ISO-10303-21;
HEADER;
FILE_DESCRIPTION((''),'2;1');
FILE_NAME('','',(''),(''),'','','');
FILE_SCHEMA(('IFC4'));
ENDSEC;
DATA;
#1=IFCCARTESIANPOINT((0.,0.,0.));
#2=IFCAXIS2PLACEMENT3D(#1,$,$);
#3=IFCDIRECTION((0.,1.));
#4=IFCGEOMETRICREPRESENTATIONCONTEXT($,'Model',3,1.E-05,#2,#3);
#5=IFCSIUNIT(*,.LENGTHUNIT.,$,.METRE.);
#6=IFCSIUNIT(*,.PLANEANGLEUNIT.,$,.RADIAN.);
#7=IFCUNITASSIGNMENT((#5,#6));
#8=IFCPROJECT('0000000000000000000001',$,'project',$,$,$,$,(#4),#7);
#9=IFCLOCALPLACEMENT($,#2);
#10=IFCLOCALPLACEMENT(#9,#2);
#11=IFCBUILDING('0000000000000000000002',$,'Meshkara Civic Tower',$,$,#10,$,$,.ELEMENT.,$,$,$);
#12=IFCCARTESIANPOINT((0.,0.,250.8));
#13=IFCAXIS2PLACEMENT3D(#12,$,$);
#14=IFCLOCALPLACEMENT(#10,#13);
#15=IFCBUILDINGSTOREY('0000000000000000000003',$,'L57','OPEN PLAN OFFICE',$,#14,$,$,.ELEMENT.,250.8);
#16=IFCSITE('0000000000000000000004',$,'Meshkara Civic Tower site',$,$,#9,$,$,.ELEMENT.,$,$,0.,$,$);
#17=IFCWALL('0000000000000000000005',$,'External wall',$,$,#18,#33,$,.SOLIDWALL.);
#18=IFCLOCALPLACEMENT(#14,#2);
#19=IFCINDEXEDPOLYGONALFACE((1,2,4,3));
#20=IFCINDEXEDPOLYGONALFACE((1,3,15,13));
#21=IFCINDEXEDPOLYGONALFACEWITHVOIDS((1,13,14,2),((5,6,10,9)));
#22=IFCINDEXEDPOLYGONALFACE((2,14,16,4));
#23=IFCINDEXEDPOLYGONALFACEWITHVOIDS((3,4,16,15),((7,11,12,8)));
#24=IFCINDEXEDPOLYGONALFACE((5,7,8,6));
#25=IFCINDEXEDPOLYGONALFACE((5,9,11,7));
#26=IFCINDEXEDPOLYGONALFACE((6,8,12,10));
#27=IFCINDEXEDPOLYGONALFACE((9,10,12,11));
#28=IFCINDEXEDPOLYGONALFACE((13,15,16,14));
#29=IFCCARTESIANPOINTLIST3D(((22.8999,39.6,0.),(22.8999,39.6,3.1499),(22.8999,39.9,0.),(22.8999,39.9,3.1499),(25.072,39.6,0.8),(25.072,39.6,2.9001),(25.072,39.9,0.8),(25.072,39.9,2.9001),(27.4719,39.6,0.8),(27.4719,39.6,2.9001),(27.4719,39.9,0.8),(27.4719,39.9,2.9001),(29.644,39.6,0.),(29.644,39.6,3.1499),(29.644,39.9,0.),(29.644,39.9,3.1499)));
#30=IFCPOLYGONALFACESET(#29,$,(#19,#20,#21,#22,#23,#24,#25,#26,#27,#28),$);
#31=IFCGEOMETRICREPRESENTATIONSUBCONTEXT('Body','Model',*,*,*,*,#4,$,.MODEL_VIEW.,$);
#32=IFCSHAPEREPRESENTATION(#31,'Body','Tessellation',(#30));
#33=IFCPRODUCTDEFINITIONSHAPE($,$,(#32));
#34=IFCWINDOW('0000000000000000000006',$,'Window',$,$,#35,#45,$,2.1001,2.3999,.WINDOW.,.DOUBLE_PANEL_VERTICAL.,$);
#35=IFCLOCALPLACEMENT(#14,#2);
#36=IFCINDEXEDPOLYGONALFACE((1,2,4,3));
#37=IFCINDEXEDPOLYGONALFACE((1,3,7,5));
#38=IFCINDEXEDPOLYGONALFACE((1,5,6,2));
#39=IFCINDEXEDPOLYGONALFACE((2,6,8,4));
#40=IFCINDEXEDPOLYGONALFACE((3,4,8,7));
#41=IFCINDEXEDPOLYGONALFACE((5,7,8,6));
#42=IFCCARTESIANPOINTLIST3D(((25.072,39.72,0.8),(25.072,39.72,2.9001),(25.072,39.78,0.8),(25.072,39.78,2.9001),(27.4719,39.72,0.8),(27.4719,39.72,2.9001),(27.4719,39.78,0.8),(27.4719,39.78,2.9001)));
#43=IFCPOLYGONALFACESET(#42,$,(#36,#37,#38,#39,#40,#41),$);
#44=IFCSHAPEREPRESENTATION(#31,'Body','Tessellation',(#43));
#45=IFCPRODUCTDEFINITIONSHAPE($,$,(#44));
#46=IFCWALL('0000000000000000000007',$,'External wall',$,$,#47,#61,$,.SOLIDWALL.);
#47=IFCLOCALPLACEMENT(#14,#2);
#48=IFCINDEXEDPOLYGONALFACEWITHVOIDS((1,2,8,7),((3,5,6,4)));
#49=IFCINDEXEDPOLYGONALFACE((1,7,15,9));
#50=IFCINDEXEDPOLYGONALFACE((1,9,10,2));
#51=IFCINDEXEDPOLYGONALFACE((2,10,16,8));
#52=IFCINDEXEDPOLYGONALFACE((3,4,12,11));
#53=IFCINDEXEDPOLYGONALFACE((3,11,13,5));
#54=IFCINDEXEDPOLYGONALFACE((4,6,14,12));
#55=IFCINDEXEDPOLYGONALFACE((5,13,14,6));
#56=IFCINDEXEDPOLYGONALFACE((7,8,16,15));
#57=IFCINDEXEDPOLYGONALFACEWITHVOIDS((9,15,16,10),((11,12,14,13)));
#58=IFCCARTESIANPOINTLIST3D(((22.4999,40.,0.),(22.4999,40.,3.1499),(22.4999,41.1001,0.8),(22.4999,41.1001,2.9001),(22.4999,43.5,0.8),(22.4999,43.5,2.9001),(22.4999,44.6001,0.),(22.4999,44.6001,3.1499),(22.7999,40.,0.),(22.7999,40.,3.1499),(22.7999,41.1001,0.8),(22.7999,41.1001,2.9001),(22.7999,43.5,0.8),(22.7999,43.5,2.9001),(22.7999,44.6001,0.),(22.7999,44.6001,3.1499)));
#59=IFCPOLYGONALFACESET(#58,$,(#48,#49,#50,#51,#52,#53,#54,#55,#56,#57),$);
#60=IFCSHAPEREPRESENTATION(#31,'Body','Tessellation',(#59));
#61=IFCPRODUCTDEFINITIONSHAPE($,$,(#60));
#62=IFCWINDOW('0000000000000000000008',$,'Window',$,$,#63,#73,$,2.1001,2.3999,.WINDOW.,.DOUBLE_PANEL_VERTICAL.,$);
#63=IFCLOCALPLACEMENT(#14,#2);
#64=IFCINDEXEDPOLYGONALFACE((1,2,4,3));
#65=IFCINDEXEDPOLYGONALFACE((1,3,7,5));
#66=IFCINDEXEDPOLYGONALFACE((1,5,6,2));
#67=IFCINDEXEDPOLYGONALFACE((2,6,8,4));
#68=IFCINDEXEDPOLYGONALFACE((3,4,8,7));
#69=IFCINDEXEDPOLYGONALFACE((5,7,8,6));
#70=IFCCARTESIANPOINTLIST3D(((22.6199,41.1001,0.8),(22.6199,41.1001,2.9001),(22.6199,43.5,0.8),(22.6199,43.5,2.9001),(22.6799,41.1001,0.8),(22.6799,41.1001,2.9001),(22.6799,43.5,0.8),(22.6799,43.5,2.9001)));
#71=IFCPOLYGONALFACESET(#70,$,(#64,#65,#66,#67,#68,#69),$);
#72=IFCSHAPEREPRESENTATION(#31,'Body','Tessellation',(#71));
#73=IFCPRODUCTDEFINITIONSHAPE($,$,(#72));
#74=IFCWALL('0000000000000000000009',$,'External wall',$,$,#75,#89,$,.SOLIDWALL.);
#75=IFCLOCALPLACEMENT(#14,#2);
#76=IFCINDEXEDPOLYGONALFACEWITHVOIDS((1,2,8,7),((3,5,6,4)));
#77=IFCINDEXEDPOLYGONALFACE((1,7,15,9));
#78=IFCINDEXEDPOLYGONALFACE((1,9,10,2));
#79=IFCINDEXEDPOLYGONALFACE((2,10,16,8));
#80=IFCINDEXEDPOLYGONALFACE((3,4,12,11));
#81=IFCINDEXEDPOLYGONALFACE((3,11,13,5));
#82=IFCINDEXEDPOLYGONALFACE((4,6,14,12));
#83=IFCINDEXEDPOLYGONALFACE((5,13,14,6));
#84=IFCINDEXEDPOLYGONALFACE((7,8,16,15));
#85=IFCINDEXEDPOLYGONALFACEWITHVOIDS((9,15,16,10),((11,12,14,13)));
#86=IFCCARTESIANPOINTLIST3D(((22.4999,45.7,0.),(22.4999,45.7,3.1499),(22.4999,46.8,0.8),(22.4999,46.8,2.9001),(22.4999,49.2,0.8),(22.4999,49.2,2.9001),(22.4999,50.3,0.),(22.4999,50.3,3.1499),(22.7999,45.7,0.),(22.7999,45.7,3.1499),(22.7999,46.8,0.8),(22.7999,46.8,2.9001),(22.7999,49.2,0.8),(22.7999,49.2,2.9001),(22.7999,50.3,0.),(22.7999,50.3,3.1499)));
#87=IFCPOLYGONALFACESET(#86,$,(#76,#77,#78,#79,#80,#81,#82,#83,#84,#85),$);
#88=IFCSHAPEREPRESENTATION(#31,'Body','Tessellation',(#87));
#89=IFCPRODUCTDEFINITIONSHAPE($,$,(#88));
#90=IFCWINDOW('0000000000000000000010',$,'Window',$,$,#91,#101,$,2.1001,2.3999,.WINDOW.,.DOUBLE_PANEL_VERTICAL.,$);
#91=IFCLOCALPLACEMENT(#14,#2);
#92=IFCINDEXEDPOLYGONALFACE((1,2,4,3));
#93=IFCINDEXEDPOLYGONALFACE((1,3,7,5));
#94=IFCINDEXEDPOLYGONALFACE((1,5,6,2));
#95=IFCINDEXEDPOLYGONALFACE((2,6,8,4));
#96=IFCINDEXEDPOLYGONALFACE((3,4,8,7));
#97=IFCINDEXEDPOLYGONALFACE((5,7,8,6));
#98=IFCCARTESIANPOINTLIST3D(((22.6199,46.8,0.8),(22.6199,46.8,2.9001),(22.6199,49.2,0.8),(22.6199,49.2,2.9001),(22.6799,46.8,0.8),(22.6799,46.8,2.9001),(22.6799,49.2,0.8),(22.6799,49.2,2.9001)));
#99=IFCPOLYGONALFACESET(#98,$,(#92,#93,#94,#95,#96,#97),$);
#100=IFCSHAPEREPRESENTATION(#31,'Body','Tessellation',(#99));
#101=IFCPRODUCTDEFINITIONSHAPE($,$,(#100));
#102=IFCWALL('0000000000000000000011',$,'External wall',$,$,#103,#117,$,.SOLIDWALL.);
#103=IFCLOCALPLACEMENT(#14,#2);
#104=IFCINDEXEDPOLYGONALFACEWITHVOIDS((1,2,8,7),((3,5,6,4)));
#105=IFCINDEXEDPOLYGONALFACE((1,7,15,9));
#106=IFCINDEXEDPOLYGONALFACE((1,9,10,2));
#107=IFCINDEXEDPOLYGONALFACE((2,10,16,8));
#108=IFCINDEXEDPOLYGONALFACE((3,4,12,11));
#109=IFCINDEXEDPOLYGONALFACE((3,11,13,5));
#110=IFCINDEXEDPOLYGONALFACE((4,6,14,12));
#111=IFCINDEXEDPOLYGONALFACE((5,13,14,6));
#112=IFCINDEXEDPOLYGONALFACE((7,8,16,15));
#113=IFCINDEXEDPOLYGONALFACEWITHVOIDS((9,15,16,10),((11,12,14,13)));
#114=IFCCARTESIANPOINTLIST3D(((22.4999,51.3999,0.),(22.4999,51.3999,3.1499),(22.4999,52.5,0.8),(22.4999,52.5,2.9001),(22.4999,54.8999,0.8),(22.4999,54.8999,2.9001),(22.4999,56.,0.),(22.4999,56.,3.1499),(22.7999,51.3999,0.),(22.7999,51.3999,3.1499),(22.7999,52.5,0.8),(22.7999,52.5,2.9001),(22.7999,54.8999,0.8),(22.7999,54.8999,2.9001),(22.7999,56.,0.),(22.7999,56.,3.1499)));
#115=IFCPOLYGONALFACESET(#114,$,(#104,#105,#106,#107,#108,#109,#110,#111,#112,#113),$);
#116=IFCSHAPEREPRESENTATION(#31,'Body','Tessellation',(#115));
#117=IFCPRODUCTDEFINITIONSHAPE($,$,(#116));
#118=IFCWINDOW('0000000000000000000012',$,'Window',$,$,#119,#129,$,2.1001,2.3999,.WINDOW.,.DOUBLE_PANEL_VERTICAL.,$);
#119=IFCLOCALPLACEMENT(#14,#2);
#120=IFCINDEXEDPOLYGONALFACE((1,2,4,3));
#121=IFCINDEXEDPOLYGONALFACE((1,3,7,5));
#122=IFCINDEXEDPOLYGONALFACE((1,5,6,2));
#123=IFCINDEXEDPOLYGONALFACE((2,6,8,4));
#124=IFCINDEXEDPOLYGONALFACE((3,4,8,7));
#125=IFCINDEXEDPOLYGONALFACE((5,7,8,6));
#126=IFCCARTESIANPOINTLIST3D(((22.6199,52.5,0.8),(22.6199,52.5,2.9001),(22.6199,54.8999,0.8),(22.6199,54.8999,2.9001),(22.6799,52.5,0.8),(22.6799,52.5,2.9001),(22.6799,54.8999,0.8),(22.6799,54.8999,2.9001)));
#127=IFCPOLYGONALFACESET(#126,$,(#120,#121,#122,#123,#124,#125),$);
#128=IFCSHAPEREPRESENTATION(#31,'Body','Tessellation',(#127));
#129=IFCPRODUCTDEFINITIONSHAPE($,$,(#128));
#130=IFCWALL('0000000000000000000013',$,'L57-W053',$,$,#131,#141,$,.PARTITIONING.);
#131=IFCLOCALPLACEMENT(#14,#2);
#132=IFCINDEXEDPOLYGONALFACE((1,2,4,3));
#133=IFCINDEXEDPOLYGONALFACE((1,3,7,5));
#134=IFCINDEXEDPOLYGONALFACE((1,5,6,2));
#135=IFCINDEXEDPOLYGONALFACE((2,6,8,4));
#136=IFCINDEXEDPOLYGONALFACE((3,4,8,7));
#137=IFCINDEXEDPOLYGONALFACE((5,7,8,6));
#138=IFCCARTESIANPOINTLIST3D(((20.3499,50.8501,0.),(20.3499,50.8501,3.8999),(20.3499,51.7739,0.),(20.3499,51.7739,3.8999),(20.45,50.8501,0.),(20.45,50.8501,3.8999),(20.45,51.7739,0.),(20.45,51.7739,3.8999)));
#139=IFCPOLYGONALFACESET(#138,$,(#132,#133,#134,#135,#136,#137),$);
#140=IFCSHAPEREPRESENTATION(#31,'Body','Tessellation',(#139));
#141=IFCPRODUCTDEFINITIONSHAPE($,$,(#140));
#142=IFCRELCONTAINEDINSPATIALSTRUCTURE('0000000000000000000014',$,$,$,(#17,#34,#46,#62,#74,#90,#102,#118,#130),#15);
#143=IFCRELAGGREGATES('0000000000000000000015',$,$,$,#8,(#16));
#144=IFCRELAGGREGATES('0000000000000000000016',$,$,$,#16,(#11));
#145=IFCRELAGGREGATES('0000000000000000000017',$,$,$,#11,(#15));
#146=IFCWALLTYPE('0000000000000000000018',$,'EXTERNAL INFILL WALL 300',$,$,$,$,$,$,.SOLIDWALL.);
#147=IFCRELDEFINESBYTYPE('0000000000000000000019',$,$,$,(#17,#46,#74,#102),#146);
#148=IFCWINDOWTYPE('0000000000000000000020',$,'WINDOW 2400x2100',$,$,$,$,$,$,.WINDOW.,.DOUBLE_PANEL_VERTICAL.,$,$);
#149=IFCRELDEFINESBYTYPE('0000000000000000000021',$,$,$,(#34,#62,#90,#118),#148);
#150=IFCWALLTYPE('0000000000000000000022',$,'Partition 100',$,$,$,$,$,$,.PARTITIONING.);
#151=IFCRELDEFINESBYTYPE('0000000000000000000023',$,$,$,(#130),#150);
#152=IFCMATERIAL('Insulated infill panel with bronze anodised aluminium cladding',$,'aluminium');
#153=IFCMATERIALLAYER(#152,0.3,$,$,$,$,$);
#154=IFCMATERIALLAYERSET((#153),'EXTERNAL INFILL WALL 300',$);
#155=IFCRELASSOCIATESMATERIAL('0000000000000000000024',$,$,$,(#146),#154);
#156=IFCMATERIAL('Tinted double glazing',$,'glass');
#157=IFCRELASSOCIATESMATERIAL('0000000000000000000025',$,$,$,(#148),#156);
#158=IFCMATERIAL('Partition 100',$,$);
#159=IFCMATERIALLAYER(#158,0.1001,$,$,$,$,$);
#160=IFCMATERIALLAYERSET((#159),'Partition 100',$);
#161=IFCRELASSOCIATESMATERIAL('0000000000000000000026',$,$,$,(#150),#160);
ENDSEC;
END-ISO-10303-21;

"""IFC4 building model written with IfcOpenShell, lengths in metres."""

from ifc_helpers import new_model, si_unit, direction, frame, frame_2d, origin, place, context, subcontext, project, spatial, rectangle, extrude, material, layer, layer_set, type_object, element, fill, save


model = new_model("IFC4")

# Units and contexts
model_context = context("Model", 3, precision=1e-05, world=origin(), true_north=direction((0.0, 1.0)))
body_context = subcontext(model_context, "Body", "Model", "MODEL_VIEW")
ifc_project = project(units=[si_unit("LENGTHUNIT", "METRE"), si_unit("PLANEANGLEUNIT", "RADIAN")], contexts=[model_context])

# Site, building, storey
site_placement = place(None, origin())
site = spatial("IfcSite", under=ifc_project, at=site_placement, Name="Meshkara Civic Tower site", CompositionType="ELEMENT", RefElevation=0.0)
building_placement = place(site_placement, origin())
building = spatial("IfcBuilding", under=site, at=building_placement, Name="Meshkara Civic Tower", CompositionType="ELEMENT")
storey_placement = place(building_placement, frame((0.0, 0.0, 250.8)))
storey = spatial("IfcBuildingStorey", under=building, at=storey_placement, Name="L57", Description="OPEN PLAN OFFICE", CompositionType="ELEMENT", Elevation=250.8)

# Walls, openings, windows
ifc_material_1 = material(Name="Insulated infill panel with bronze anodised aluminium cladding", Category="aluminium")
ifc_layer_1 = layer(ifc_material_1, 0.3)
ifc_layer_set_1 = layer_set([ifc_layer_1], Name="EXTERNAL INFILL WALL 300")
wall_type_1 = type_object("IfcWallType", Name="EXTERNAL INFILL WALL 300", PredefinedType="SOLIDWALL", material=ifc_layer_set_1)
wall_1_placement = place(storey_placement, frame((29.644, 39.75, 0.0), z_axis=(0.0, 0.0, 1.0), x_axis=(-1.0, 0.0, 0.0)))
wall_1 = element("IfcWall", 1, at=wall_1_placement, inside=storey, type_object=wall_type_1, Name="External wall", PredefinedType="SOLIDWALL", context=body_context, shape_type="SweptSolid", body=[
    extrude(rectangle(XDim=6.7441, YDim=0.3, at=frame_2d((3.3721, 0.0))), origin(), (0.0, 0.0, 1.0), 3.1499),
])
opening_1_placement = place(wall_1_placement, frame((2.1721, 0.0, 0.8)))
opening_1 = element("IfcOpeningElement", 2, at=opening_1_placement, cuts=wall_1, PredefinedType="OPENING", context=body_context, shape_type="SweptSolid", body=[
    extrude(rectangle(XDim=2.3999, YDim=2.1001, at=frame_2d((1.2, 1.05))), frame((0.0, 0.1599, 0.0), z_axis=(0.0, -1.0, 0.0), x_axis=(1.0, 0.0, 0.0)), (0.0, 0.0, 1.0), 0.3201),
])
ifc_material_2 = material(Name="Tinted double glazing", Category="glass")
window_type = type_object("IfcWindowType", Name="WINDOW 2400x2100", PartitioningType="DOUBLE_PANEL_VERTICAL", PredefinedType="WINDOW", material=ifc_material_2)
window_1_placement = place(opening_1_placement, origin())
window_1 = element("IfcWindow", 3, at=window_1_placement, inside=storey, type_object=window_type, Name="Window", OverallHeight=2.1001, OverallWidth=2.3999, PartitioningType="DOUBLE_PANEL_VERTICAL", PredefinedType="WINDOW", context=body_context, shape_type="SweptSolid", body=[
    extrude(rectangle(XDim=2.3999, YDim=2.1001, at=frame_2d((1.2, 1.05))), frame((0.0, 0.03, 0.0), z_axis=(0.0, -1.0, 0.0), x_axis=(1.0, 0.0, 0.0)), (0.0, 0.0, 1.0), 0.0601),
])
fill(opening_1, window_1)
wall_2_placement = place(storey_placement, frame((22.6499, 40.0, 0.0), z_axis=(0.0, 0.0, 1.0), x_axis=(0.0, 1.0, 0.0)))
wall_2 = element("IfcWall", 4, at=wall_2_placement, inside=storey, type_object=wall_type_1, Name="External wall", PredefinedType="SOLIDWALL", context=body_context, shape_type="SweptSolid", body=[
    extrude(rectangle(XDim=4.6001, YDim=0.3, at=frame_2d((2.3, 0.0))), origin(), (0.0, 0.0, 1.0), 3.1499),
])
opening_2_placement = place(wall_2_placement, frame((1.1001, 0.0, 0.8)))
opening_2 = element("IfcOpeningElement", 5, at=opening_2_placement, cuts=wall_2, PredefinedType="OPENING", context=body_context, shape_type="SweptSolid", body=[
    extrude(rectangle(XDim=2.3999, YDim=2.1001, at=frame_2d((1.2, 1.05))), frame((0.0, 0.1599, 0.0), z_axis=(0.0, -1.0, 0.0), x_axis=(1.0, 0.0, 0.0)), (0.0, 0.0, 1.0), 0.3201),
])
window_2_placement = place(opening_2_placement, origin())
window_2 = element("IfcWindow", 6, at=window_2_placement, inside=storey, type_object=window_type, Name="Window", OverallHeight=2.1001, OverallWidth=2.3999, PartitioningType="DOUBLE_PANEL_VERTICAL", PredefinedType="WINDOW", context=body_context, shape_type="SweptSolid", body=[
    extrude(rectangle(XDim=2.3999, YDim=2.1001, at=frame_2d((1.2, 1.05))), frame((0.0, 0.03, 0.0), z_axis=(0.0, -1.0, 0.0), x_axis=(1.0, 0.0, 0.0)), (0.0, 0.0, 1.0), 0.0601),
])
fill(opening_2, window_2)
wall_3_placement = place(storey_placement, frame((22.6499, 45.7, 0.0), z_axis=(0.0, 0.0, 1.0), x_axis=(0.0, 1.0, 0.0)))
wall_3 = element("IfcWall", 7, at=wall_3_placement, inside=storey, type_object=wall_type_1, Name="External wall", PredefinedType="SOLIDWALL", context=body_context, shape_type="SweptSolid", body=[
    extrude(rectangle(XDim=4.6001, YDim=0.3, at=frame_2d((2.3, 0.0))), origin(), (0.0, 0.0, 1.0), 3.1499),
])
opening_3_placement = place(wall_3_placement, frame((1.1001, 0.0, 0.8)))
opening_3 = element("IfcOpeningElement", 8, at=opening_3_placement, cuts=wall_3, PredefinedType="OPENING", context=body_context, shape_type="SweptSolid", body=[
    extrude(rectangle(XDim=2.3999, YDim=2.1001, at=frame_2d((1.2, 1.05))), frame((0.0, 0.1599, 0.0), z_axis=(0.0, -1.0, 0.0), x_axis=(1.0, 0.0, 0.0)), (0.0, 0.0, 1.0), 0.3201),
])
window_3_placement = place(opening_3_placement, origin())
window_3 = element("IfcWindow", 9, at=window_3_placement, inside=storey, type_object=window_type, Name="Window", OverallHeight=2.1001, OverallWidth=2.3999, PartitioningType="DOUBLE_PANEL_VERTICAL", PredefinedType="WINDOW", context=body_context, shape_type="SweptSolid", body=[
    extrude(rectangle(XDim=2.3999, YDim=2.1001, at=frame_2d((1.2, 1.05))), frame((0.0, 0.03, 0.0), z_axis=(0.0, -1.0, 0.0), x_axis=(1.0, 0.0, 0.0)), (0.0, 0.0, 1.0), 0.0601),
])
fill(opening_3, window_3)
wall_4_placement = place(storey_placement, frame((22.6499, 51.3999, 0.0), z_axis=(0.0, 0.0, 1.0), x_axis=(0.0, 1.0, 0.0)))
wall_4 = element("IfcWall", 10, at=wall_4_placement, inside=storey, type_object=wall_type_1, Name="External wall", PredefinedType="SOLIDWALL", context=body_context, shape_type="SweptSolid", body=[
    extrude(rectangle(XDim=4.6001, YDim=0.3, at=frame_2d((2.3, 0.0))), origin(), (0.0, 0.0, 1.0), 3.1499),
])
opening_4_placement = place(wall_4_placement, frame((1.1001, 0.0, 0.8)))
opening_4 = element("IfcOpeningElement", 11, at=opening_4_placement, cuts=wall_4, PredefinedType="OPENING", context=body_context, shape_type="SweptSolid", body=[
    extrude(rectangle(XDim=2.3999, YDim=2.1001, at=frame_2d((1.2, 1.05))), frame((0.0, 0.1599, 0.0), z_axis=(0.0, -1.0, 0.0), x_axis=(1.0, 0.0, 0.0)), (0.0, 0.0, 1.0), 0.3201),
])
window_4_placement = place(opening_4_placement, origin())
window_4 = element("IfcWindow", 12, at=window_4_placement, inside=storey, type_object=window_type, Name="Window", OverallHeight=2.1001, OverallWidth=2.3999, PartitioningType="DOUBLE_PANEL_VERTICAL", PredefinedType="WINDOW", context=body_context, shape_type="SweptSolid", body=[
    extrude(rectangle(XDim=2.3999, YDim=2.1001, at=frame_2d((1.2, 1.05))), frame((0.0, 0.03, 0.0), z_axis=(0.0, -1.0, 0.0), x_axis=(1.0, 0.0, 0.0)), (0.0, 0.0, 1.0), 0.0601),
])
fill(opening_4, window_4)

# Wall
ifc_material_3 = material(Name="Partition 100")
ifc_layer_2 = layer(ifc_material_3, 0.1001)
ifc_layer_set_2 = layer_set([ifc_layer_2], Name="Partition 100")
wall_type_2 = type_object("IfcWallType", Name="Partition 100", PredefinedType="PARTITIONING", material=ifc_layer_set_2)
wall_5_placement = place(storey_placement, frame((20.3999, 50.8501, 0.0), z_axis=(0.0, 0.0, 1.0), x_axis=(0.0, 1.0, 0.0)))
element("IfcWall", 13, at=wall_5_placement, inside=storey, type_object=wall_type_2, Name="L57-W053", PredefinedType="PARTITIONING", context=body_context, shape_type="SweptSolid", body=[
    extrude(rectangle(XDim=0.9238, YDim=0.1001, at=frame_2d((0.4619, 0.0))), origin(), (0.0, 0.0, 1.0), 3.8999),
])

save(model, "model.ifc")
